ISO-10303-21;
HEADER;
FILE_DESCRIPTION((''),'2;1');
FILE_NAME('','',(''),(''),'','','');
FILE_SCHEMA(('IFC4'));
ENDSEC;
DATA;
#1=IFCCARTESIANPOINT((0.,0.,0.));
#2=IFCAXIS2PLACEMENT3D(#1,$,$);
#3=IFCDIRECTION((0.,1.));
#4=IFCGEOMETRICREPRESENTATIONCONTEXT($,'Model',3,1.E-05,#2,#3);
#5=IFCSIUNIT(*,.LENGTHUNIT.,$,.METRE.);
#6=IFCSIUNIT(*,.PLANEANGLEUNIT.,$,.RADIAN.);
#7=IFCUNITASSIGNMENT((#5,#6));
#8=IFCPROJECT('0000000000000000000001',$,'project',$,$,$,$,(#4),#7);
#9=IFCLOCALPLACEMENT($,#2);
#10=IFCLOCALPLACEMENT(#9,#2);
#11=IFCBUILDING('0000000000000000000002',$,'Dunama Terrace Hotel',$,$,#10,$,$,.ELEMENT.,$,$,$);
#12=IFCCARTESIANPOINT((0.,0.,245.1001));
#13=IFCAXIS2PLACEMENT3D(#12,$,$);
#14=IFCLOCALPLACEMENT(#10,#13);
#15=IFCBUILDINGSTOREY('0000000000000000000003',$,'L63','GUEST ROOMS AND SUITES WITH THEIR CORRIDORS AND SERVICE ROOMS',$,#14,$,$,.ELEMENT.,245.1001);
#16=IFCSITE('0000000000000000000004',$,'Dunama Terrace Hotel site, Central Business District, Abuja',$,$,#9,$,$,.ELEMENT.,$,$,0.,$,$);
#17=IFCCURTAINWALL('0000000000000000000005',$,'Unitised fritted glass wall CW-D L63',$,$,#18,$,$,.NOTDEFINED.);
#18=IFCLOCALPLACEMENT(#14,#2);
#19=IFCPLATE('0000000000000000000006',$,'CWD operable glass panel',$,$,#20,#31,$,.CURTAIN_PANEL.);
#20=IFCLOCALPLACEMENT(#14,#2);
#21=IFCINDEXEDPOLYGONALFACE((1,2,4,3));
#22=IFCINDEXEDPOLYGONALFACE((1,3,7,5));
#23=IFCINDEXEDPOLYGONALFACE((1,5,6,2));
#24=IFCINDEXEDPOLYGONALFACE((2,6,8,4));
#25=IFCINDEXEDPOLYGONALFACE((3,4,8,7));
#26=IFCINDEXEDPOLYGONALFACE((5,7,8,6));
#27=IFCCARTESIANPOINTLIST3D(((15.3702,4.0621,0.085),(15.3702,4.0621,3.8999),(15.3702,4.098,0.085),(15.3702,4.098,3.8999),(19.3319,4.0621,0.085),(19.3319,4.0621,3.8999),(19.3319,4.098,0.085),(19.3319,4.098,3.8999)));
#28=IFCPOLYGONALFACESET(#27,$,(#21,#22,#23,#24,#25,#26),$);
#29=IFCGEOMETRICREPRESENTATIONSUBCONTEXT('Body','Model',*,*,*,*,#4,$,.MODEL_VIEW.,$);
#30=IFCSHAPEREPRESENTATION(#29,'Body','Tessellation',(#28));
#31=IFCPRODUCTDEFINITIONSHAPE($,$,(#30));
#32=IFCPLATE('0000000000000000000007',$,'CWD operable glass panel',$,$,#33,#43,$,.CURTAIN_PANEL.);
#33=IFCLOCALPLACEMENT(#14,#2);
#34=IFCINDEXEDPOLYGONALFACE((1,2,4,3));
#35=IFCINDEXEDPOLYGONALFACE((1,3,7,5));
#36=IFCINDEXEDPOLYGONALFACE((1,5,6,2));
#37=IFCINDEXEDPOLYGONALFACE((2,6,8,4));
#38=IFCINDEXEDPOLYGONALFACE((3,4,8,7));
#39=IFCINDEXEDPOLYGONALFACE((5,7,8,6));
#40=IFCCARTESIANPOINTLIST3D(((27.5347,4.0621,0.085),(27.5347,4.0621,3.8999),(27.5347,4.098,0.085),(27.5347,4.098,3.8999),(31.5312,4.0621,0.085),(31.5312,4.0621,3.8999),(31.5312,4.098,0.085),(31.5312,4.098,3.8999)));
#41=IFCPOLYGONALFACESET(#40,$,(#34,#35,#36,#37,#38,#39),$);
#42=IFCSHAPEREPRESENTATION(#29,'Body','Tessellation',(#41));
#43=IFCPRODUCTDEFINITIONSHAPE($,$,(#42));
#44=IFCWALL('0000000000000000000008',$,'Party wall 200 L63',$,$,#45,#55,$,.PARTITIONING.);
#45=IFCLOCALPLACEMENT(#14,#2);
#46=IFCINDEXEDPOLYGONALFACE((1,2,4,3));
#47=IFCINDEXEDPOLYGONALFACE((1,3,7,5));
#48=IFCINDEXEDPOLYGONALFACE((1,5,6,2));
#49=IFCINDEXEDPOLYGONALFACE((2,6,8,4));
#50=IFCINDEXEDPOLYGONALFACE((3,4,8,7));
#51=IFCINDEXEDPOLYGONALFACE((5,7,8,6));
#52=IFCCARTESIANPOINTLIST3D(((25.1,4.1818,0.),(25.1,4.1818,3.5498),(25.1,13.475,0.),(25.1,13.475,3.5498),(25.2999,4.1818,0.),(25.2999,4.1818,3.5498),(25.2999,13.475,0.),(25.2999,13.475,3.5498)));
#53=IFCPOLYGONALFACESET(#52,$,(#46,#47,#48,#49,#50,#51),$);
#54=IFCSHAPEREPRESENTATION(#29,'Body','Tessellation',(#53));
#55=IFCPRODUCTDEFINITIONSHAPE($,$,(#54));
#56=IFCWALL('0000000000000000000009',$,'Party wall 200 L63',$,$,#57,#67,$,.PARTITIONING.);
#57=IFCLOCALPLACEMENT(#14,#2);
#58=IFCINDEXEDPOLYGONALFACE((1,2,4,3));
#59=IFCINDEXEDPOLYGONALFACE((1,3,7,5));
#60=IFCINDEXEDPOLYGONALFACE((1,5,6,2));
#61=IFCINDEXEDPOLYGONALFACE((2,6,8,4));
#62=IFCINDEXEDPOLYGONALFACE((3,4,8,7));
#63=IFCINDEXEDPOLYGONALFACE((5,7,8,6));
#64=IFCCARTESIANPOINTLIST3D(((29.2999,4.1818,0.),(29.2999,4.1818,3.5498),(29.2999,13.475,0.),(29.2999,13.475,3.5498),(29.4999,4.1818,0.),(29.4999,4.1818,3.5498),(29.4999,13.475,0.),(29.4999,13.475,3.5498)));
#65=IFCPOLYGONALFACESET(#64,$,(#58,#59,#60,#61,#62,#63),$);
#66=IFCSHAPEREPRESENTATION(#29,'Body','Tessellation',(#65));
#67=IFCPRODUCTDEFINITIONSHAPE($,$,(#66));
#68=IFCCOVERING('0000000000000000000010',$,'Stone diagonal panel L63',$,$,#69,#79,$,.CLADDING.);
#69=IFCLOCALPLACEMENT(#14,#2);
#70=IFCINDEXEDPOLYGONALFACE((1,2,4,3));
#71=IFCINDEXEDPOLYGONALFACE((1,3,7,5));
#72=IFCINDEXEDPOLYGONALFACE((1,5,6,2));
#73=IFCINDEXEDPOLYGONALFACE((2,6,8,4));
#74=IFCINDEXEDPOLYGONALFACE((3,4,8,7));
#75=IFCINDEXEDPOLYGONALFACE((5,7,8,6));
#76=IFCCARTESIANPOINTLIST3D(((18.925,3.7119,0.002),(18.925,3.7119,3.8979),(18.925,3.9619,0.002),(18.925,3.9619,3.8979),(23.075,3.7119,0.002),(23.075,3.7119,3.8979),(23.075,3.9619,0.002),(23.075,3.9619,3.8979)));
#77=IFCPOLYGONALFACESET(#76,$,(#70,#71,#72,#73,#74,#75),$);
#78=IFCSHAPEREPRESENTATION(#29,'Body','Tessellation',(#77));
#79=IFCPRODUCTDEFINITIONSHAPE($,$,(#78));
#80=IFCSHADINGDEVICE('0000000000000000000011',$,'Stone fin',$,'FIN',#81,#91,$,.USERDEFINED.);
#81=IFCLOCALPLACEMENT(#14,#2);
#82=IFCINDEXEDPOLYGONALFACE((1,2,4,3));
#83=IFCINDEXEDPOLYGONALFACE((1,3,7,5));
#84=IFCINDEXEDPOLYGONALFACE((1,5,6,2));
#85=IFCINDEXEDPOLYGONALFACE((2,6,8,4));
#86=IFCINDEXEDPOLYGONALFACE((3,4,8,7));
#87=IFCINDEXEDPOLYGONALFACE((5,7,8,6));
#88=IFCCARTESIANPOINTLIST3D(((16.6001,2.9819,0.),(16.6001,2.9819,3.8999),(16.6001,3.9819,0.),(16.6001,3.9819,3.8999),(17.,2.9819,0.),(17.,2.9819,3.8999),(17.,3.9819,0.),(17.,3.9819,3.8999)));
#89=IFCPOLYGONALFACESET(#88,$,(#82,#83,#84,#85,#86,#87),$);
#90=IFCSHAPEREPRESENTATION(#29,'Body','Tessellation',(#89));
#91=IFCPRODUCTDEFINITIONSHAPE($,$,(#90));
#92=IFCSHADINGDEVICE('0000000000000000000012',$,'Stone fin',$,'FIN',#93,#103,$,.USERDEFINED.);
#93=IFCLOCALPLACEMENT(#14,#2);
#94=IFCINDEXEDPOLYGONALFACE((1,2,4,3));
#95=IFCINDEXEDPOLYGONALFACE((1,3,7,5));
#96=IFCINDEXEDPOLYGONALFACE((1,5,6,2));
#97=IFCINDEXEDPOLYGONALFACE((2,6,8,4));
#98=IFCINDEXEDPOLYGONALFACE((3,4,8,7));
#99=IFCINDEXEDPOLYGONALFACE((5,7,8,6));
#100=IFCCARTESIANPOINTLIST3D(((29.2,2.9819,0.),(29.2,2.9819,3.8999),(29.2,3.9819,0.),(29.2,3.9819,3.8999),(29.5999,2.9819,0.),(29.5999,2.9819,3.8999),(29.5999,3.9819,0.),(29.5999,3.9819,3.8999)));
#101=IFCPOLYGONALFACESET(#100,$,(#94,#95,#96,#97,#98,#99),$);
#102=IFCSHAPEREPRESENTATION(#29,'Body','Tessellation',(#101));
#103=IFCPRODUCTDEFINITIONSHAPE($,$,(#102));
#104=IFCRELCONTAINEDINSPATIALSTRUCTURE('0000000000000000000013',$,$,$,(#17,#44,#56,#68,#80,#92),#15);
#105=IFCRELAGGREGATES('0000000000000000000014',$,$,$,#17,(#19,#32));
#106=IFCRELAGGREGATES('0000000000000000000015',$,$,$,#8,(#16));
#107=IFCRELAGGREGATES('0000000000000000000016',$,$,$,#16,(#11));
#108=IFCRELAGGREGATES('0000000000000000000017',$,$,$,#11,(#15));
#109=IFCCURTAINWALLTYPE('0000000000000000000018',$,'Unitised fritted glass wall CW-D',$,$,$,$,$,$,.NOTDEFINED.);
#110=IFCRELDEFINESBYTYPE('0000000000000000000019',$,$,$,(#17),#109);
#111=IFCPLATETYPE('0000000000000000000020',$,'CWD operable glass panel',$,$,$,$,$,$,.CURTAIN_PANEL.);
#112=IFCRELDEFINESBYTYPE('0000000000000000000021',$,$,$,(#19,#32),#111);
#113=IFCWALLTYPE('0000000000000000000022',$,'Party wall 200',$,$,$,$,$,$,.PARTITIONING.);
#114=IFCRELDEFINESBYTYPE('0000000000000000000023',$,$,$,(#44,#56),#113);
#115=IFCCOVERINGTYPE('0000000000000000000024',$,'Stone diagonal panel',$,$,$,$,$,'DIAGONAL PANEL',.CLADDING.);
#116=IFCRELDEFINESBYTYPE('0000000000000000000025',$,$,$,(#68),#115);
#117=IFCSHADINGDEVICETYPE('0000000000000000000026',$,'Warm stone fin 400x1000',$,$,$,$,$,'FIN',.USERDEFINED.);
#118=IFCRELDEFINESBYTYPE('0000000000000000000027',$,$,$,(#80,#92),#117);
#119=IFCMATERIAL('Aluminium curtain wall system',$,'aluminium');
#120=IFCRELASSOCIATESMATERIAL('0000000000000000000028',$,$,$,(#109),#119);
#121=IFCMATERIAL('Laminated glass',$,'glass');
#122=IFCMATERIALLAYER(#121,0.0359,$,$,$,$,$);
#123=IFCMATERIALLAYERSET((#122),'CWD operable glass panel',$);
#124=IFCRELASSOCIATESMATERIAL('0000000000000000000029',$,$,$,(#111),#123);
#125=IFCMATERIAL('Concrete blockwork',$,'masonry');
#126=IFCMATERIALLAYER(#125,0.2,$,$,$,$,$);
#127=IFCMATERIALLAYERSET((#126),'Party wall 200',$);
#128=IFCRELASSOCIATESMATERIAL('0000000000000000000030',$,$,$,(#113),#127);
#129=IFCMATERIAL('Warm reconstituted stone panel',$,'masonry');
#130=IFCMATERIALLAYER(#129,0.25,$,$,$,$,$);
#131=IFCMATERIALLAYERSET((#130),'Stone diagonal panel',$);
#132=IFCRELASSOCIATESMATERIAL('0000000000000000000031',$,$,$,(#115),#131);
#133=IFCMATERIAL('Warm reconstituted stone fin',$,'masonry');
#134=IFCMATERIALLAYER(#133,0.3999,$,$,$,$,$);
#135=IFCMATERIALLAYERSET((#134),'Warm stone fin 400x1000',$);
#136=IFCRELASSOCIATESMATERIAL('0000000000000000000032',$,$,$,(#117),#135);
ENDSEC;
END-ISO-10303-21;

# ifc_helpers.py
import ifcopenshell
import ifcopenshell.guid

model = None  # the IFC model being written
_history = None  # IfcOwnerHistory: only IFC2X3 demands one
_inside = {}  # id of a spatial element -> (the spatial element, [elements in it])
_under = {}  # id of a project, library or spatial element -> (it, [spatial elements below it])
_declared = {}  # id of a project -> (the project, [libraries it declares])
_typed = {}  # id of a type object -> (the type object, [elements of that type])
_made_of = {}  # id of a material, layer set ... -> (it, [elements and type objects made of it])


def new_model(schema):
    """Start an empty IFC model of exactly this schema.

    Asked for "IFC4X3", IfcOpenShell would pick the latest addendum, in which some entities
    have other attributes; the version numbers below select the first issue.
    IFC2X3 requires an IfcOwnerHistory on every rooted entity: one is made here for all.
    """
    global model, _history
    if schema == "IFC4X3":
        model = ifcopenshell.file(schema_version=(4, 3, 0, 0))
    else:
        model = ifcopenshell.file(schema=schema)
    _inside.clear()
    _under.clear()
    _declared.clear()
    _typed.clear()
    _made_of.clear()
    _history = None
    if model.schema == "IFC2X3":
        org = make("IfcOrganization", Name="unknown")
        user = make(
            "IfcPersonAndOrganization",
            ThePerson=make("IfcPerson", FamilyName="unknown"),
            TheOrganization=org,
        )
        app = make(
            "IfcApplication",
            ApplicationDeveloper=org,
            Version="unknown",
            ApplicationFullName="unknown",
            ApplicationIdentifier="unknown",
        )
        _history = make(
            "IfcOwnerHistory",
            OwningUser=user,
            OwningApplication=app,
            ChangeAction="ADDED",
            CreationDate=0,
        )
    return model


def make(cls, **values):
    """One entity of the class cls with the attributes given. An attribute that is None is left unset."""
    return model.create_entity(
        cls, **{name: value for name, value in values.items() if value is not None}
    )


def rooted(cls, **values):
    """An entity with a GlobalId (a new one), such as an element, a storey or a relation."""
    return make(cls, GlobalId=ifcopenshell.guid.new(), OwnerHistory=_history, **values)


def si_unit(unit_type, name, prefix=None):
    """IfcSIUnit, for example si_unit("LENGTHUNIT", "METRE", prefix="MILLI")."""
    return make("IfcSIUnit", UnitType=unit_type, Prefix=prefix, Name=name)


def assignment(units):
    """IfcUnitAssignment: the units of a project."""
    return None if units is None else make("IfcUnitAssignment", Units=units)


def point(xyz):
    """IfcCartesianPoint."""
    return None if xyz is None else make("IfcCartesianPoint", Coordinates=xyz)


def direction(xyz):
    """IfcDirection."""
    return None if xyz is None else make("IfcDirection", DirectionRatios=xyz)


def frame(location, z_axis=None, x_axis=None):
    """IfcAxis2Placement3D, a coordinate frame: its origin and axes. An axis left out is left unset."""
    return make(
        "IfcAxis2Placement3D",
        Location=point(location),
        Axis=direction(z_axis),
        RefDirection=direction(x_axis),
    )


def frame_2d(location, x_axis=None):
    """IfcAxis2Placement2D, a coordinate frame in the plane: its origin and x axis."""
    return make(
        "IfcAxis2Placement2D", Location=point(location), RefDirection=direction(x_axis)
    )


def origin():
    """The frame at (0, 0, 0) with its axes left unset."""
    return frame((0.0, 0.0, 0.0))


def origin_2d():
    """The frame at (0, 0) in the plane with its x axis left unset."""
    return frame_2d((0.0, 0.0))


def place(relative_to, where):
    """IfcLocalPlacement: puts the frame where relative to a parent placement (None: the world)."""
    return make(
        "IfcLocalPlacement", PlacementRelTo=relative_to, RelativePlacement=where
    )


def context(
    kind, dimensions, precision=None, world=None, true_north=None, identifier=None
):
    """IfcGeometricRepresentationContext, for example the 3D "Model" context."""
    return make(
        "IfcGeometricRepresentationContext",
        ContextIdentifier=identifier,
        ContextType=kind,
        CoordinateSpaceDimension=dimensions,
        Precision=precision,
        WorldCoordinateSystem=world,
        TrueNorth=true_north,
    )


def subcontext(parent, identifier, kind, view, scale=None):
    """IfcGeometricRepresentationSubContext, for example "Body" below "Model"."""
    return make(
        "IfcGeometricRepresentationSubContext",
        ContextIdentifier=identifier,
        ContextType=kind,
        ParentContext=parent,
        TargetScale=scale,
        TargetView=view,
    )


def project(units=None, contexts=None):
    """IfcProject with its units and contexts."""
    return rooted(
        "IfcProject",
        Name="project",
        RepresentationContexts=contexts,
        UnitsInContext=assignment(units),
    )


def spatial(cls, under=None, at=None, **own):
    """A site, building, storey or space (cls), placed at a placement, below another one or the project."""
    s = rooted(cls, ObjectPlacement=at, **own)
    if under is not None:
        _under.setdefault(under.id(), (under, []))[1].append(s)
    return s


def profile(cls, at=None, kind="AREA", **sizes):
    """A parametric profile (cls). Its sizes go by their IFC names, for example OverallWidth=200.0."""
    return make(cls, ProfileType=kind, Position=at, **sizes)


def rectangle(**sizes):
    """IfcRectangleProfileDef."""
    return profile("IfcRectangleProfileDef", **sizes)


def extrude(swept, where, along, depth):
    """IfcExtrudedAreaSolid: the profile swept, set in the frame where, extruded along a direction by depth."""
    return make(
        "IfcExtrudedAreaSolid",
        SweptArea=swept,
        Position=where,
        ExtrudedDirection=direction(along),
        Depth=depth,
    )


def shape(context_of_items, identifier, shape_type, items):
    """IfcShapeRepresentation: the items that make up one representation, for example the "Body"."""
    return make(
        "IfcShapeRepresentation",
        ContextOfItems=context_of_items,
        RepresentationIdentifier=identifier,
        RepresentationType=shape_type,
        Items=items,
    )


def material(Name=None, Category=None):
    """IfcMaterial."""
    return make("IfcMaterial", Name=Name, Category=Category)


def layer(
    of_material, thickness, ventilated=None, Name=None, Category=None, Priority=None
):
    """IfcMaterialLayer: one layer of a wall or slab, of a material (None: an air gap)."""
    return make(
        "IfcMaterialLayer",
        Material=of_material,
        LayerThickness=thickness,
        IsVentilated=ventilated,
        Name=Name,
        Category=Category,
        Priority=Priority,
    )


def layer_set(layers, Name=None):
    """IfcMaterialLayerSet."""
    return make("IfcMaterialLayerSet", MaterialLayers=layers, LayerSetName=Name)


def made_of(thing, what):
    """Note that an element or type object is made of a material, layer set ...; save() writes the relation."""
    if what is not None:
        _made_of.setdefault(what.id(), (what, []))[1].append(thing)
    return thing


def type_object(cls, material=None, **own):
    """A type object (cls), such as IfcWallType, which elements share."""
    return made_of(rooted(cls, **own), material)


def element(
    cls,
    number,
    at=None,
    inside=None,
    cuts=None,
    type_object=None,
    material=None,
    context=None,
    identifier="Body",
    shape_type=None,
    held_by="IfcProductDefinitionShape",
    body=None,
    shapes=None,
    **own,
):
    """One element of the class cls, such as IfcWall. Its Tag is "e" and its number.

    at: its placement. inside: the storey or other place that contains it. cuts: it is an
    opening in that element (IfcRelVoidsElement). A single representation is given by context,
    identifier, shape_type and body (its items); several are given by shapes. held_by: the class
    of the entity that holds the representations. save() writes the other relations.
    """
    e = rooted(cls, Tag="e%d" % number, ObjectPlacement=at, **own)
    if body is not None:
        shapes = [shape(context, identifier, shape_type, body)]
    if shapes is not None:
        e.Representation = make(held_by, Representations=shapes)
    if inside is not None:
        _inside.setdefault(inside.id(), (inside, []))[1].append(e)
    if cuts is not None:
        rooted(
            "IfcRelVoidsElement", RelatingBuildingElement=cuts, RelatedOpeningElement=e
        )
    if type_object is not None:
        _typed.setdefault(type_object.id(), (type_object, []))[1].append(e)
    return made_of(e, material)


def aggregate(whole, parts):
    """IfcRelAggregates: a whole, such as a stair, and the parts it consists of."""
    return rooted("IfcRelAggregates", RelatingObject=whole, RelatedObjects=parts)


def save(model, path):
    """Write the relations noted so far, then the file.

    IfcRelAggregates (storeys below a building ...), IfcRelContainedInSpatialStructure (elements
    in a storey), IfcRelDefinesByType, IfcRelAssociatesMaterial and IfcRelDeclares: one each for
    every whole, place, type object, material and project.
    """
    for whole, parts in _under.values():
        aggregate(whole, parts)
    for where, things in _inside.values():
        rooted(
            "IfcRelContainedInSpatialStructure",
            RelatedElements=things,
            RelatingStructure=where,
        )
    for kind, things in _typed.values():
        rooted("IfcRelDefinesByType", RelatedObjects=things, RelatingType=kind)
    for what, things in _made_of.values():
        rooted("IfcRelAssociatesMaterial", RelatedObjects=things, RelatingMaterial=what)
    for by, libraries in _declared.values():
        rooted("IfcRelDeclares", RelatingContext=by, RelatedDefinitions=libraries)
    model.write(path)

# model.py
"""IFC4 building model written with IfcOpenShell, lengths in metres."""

from ifc_helpers import new_model, si_unit, direction, frame, frame_2d, origin, origin_2d, place, context, subcontext, project, spatial, rectangle, extrude, material, layer, layer_set, type_object, element, aggregate, save


model = new_model("IFC4")

# Units and contexts
model_context = context("Model", 3, precision=1e-05, world=origin(), true_north=direction((0.0, 1.0)))
body_context = subcontext(model_context, "Body", "Model", "MODEL_VIEW")
ifc_project = project(units=[si_unit("LENGTHUNIT", "METRE"), si_unit("PLANEANGLEUNIT", "RADIAN")], contexts=[model_context])

# Site, building, storey
site_placement = place(None, origin())
site = spatial("IfcSite", under=ifc_project, at=site_placement, Name="Dunama Terrace Hotel site, Central Business District, Abuja", CompositionType="ELEMENT", RefElevation=0.0)
building_placement = place(site_placement, origin())
building = spatial("IfcBuilding", under=site, at=building_placement, Name="Dunama Terrace Hotel", CompositionType="ELEMENT")
storey_placement = place(building_placement, frame((0.0, 0.0, 245.1001)))
storey = spatial("IfcBuildingStorey", under=building, at=storey_placement, Name="L63", Description="GUEST ROOMS AND SUITES WITH THEIR CORRIDORS AND SERVICE ROOMS", CompositionType="ELEMENT", Elevation=245.1001)

# Curtain wall
ifc_material_1 = material(Name="Aluminium curtain wall system", Category="aluminium")
curtain_wall_type = type_object("IfcCurtainWallType", Name="Unitised fritted glass wall CW-D", PredefinedType="NOTDEFINED", material=ifc_material_1)
curtain_wall_placement = place(storey_placement, origin())
curtain_wall = element("IfcCurtainWall", 1, at=curtain_wall_placement, inside=storey, type_object=curtain_wall_type, Name="Unitised fritted glass wall CW-D L63", PredefinedType="NOTDEFINED")

# Plates
ifc_material_2 = material(Name="Laminated glass", Category="glass")
ifc_layer_1 = layer(ifc_material_2, 0.0359)
ifc_layer_set_1 = layer_set([ifc_layer_1], Name="CWD operable glass panel")
plate_type_1 = type_object("IfcPlateType", Name="CWD operable glass panel", PredefinedType="CURTAIN_PANEL", material=ifc_layer_set_1)
plate_1_placement = place(storey_placement, frame((17.3511, 4.0801, 0.085), z_axis=(0.0, 0.0, 1.0), x_axis=(1.0, 0.0, 0.0)))
plate_1 = element("IfcPlate", 2, at=plate_1_placement, type_object=plate_type_1, Name="CWD operable glass panel", PredefinedType="CURTAIN_PANEL", context=body_context, shape_type="SweptSolid", body=[
    extrude(rectangle(XDim=3.9617, YDim=0.0359, at=origin_2d()), origin(), (0.0, 0.0, 1.0), 3.8149),
])
plate_2_placement = place(storey_placement, frame((29.533, 4.0801, 0.085), z_axis=(0.0, 0.0, 1.0), x_axis=(1.0, 0.0, 0.0)))
plate_2 = element("IfcPlate", 3, at=plate_2_placement, type_object=plate_type_1, Name="CWD operable glass panel", PredefinedType="CURTAIN_PANEL", context=body_context, shape_type="SweptSolid", body=[
    extrude(rectangle(XDim=3.9966, YDim=0.0359, at=origin_2d()), origin(), (0.0, 0.0, 1.0), 3.8149),
])
aggregate(curtain_wall, [plate_1, plate_2])

# Walls
ifc_material_3 = material(Name="Concrete blockwork", Category="masonry")
ifc_layer_2 = layer(ifc_material_3, 0.2)
ifc_layer_set_2 = layer_set([ifc_layer_2], Name="Party wall 200")
wall_type = type_object("IfcWallType", Name="Party wall 200", PredefinedType="PARTITIONING", material=ifc_layer_set_2)
for number, where, z_axis, x_axis, name in (
    (4, (25.2, 4.1819, 0.0), (0.0, 0.0, 1.0), (0.0, 1.0, 0.0), "Party wall 200 L63"),
    (5, (29.3999, 4.1819, 0.0), (0.0, 0.0, 1.0), (0.0, 1.0, 0.0), "Party wall 200 L63"),
):
    element("IfcWall", number, at=place(storey_placement, frame(where, z_axis=z_axis, x_axis=x_axis)), inside=storey, type_object=wall_type, Name=name, PredefinedType="PARTITIONING", context=body_context, shape_type="SweptSolid", body=[
        extrude(rectangle(XDim=9.2932, YDim=0.2, at=frame_2d((4.6465, 0.0))), origin(), (0.0, 0.0, 1.0), 3.5498),
    ])

# Covering
ifc_material_4 = material(Name="Warm reconstituted stone panel", Category="masonry")
ifc_layer_3 = layer(ifc_material_4, 0.25)
ifc_layer_set_3 = layer_set([ifc_layer_3], Name="Stone diagonal panel")
covering_type = type_object("IfcCoveringType", Name="Stone diagonal panel", ElementType="DIAGONAL PANEL", PredefinedType="CLADDING", material=ifc_layer_set_3)
covering_placement = place(storey_placement, frame((21.0, 3.8369, 0.002), z_axis=(0.0, 0.0, 1.0), x_axis=(1.0, 0.0, 0.0)))
element("IfcCovering", 6, at=covering_placement, inside=storey, type_object=covering_type, Name="Stone diagonal panel L63", PredefinedType="CLADDING", context=body_context, shape_type="SweptSolid", body=[
    extrude(rectangle(XDim=4.1499, YDim=0.25, at=origin_2d()), origin(), (0.0, 0.0, 1.0), 3.896),
])

# Shading devices
ifc_material_5 = material(Name="Warm reconstituted stone fin", Category="masonry")
ifc_layer_4 = layer(ifc_material_5, 0.3999)
ifc_layer_set_4 = layer_set([ifc_layer_4], Name="Warm stone fin 400x1000")
shading_device_type = type_object("IfcShadingDeviceType", Name="Warm stone fin 400x1000", ElementType="FIN", PredefinedType="USERDEFINED", material=ifc_layer_set_4)
for number, where, z_axis, x_axis, name in (
    (7, (16.8, 3.4819, 0.0), (0.0, 0.0, 1.0), (1.0, 0.0, 0.0), "Stone fin"),
    (8, (29.3999, 3.4819, 0.0), (0.0, 0.0, 1.0), (1.0, 0.0, 0.0), "Stone fin"),
):
    element("IfcShadingDevice", number, at=place(storey_placement, frame(where, z_axis=z_axis, x_axis=x_axis)), inside=storey, type_object=shading_device_type, Name=name, ObjectType="FIN", PredefinedType="USERDEFINED", context=body_context, shape_type="SweptSolid", body=[
        extrude(rectangle(XDim=0.3999, YDim=1.0, at=origin_2d()), origin(), (0.0, 0.0, 1.0), 3.8999),
    ])

save(model, "model.ifc")
